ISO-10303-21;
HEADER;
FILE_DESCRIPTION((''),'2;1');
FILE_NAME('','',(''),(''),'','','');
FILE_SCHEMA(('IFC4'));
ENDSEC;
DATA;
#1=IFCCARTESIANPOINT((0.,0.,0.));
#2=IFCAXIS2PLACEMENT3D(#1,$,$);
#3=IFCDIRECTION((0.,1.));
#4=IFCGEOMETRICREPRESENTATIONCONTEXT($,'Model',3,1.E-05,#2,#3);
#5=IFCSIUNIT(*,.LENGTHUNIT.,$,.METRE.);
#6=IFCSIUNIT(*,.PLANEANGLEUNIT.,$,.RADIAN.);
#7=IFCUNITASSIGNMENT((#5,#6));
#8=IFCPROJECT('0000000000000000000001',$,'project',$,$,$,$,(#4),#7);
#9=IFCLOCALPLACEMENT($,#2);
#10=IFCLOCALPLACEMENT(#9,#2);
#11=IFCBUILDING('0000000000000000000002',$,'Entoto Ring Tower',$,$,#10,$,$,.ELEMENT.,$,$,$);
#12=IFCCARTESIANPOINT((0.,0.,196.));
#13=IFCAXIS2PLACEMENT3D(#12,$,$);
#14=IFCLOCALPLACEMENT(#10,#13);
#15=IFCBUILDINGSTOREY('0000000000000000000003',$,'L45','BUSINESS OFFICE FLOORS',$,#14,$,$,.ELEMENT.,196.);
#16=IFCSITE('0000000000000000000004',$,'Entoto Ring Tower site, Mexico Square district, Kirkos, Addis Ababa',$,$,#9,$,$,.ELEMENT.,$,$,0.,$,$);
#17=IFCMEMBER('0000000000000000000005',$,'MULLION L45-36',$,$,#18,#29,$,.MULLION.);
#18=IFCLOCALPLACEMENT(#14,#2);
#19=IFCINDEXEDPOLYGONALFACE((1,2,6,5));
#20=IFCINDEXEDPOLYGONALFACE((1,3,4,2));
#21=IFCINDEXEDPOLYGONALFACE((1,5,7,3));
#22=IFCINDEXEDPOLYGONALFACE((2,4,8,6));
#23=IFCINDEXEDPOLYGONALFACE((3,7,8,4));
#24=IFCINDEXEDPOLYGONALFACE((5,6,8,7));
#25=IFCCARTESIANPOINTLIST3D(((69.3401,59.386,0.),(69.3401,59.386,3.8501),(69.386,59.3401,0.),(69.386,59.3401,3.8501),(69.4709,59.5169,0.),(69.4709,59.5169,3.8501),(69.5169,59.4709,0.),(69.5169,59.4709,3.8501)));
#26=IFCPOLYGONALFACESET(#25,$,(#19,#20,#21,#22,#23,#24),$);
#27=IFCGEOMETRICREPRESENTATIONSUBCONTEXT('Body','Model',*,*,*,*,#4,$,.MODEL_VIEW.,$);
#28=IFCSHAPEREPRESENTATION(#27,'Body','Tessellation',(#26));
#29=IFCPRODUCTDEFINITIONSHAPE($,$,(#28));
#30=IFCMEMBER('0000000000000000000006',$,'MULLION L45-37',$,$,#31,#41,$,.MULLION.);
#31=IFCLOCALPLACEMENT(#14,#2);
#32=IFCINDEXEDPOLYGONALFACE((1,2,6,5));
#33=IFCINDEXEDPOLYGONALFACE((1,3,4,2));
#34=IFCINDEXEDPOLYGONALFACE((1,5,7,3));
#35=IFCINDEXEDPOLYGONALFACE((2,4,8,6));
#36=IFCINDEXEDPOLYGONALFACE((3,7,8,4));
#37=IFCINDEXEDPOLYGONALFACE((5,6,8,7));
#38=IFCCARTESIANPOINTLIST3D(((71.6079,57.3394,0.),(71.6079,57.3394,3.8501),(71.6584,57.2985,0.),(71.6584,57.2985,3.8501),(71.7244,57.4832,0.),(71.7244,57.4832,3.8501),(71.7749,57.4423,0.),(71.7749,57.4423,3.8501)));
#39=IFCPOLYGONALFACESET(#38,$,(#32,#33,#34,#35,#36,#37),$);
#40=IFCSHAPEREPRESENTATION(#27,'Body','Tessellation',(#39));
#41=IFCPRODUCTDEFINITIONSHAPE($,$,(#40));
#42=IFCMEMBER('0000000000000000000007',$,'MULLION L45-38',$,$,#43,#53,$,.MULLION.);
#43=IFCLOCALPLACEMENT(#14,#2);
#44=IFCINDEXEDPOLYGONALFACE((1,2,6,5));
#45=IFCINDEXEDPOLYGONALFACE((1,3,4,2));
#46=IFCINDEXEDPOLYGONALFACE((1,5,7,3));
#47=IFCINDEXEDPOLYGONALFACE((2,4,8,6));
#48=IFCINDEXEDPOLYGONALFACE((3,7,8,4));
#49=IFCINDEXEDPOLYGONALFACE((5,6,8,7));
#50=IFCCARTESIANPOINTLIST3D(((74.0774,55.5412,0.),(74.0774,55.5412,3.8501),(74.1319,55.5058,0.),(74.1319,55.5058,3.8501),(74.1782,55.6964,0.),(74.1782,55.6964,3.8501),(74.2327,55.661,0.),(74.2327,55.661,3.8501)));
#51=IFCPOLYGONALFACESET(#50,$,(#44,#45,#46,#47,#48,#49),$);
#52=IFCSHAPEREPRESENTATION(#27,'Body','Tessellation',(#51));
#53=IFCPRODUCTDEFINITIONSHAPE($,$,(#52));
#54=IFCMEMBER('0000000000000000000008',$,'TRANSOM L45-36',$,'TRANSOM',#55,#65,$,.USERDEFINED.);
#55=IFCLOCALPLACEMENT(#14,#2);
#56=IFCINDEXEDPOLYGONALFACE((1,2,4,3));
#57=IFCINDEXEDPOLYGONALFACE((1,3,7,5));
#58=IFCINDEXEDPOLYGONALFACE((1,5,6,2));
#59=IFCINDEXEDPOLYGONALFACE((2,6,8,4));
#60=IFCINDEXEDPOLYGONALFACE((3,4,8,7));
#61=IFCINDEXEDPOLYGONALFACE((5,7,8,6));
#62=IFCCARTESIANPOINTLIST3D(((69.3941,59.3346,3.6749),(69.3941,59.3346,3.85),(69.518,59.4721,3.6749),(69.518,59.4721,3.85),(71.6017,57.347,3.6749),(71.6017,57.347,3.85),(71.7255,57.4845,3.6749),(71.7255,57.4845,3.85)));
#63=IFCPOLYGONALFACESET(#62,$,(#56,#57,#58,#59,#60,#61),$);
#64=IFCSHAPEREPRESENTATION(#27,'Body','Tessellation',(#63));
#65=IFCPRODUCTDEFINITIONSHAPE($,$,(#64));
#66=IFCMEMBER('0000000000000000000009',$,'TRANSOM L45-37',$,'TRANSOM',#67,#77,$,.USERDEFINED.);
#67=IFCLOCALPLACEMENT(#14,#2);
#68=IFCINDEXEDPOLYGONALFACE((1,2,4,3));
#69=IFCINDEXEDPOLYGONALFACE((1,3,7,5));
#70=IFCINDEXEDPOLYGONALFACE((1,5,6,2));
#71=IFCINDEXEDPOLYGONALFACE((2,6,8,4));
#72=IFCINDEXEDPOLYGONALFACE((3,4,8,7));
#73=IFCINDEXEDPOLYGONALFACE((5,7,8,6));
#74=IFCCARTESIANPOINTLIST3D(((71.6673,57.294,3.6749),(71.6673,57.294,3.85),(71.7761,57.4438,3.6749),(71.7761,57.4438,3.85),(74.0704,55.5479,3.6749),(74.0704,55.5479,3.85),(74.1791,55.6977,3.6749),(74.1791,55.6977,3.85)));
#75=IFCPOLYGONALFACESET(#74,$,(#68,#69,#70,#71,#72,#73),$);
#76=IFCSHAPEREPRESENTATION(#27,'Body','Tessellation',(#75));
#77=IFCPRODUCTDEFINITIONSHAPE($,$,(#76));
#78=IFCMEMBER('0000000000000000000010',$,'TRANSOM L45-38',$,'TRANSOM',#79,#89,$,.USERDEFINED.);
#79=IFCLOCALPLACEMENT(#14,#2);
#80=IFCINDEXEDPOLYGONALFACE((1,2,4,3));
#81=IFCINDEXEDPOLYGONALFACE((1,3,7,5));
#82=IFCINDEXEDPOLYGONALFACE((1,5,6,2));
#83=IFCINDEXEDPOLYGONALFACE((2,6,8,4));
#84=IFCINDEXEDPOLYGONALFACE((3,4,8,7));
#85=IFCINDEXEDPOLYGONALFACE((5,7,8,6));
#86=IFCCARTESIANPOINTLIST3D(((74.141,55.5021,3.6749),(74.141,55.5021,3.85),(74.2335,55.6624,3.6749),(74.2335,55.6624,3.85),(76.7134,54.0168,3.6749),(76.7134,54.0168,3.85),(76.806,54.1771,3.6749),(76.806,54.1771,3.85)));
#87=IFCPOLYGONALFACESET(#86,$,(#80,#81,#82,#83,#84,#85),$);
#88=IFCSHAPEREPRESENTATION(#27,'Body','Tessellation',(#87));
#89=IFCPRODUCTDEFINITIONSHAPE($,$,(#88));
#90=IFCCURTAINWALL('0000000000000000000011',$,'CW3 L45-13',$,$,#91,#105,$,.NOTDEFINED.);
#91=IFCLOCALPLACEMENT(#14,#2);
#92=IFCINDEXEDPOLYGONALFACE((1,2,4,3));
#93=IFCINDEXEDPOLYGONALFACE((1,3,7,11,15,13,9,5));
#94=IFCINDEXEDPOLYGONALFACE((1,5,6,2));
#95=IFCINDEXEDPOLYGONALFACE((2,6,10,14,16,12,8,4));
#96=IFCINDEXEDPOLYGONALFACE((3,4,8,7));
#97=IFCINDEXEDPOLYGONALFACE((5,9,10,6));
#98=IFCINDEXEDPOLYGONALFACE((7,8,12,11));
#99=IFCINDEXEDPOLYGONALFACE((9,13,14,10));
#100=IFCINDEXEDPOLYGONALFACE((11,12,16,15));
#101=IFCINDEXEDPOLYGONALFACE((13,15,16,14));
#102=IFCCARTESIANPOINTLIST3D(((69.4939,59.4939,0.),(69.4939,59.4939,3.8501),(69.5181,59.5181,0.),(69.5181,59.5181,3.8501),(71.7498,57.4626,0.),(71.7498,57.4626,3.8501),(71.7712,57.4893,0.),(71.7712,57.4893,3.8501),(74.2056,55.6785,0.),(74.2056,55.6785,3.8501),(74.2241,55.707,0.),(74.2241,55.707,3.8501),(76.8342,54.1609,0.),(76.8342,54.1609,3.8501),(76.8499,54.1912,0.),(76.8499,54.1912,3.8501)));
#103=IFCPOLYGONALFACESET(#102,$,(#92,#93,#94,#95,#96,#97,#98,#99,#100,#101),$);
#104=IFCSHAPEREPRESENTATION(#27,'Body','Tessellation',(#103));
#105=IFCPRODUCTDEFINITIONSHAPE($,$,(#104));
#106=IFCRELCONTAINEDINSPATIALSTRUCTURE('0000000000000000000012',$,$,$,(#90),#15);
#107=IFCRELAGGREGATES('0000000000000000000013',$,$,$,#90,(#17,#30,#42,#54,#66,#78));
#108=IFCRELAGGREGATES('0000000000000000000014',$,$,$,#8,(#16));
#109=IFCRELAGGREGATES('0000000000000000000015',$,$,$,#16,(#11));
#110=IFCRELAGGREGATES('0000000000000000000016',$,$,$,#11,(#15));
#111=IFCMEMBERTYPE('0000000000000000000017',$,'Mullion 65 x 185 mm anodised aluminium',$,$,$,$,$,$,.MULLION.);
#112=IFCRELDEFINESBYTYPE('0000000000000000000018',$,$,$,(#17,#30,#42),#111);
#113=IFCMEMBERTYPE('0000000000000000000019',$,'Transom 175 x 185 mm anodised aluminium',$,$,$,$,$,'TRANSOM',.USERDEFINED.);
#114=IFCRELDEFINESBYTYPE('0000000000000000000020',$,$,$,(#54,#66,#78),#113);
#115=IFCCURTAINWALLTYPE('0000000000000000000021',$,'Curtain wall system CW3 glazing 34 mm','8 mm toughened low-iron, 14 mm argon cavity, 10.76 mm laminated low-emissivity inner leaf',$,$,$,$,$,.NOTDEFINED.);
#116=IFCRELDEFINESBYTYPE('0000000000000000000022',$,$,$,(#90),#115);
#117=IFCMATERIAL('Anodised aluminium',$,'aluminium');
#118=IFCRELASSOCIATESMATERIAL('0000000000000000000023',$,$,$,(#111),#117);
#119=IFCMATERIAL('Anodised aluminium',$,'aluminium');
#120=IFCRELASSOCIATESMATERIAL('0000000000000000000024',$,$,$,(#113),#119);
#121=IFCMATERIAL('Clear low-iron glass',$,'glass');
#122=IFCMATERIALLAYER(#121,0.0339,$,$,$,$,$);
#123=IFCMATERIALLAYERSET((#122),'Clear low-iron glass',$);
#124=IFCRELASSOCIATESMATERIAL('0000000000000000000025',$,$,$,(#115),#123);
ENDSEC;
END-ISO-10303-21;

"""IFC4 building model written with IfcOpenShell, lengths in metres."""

from ifc_helpers import new_model, si_unit, direction, frame, origin, origin_2d, place, context, subcontext, project, spatial, polyline, rectangle, outline, extrude, material, layer, layer_set, material_profile, profile_set, type_object, element, aggregate, save


model = new_model("IFC4")

# Units and contexts
model_context = context("Model", 3, precision=1e-05, world=origin(), true_north=direction((0.0, 1.0)))
body_context = subcontext(model_context, "Body", "Model", "MODEL_VIEW")
ifc_project = project(units=[si_unit("LENGTHUNIT", "METRE"), si_unit("PLANEANGLEUNIT", "RADIAN")], contexts=[model_context])

# Members
ifc_material_1 = material(Name="Anodised aluminium", Category="aluminium")
ifc_material_profile_1 = material_profile(ifc_material_1, rectangle(XDim=0.0649, YDim=0.1851, at=origin_2d()), Name="Mullion 65 x 185 mm anodised aluminium")
ifc_profile_set_1 = profile_set([ifc_material_profile_1], Name="Anodised aluminium")
member_type_1 = type_object("IfcMemberType", Name="Mullion 65 x 185 mm anodised aluminium", PredefinedType="MULLION", material=ifc_profile_set_1)
site_placement = place(None, origin())
building_placement = place(site_placement, origin())
storey_placement = place(building_placement, frame((0.0, 0.0, 196.0)))
member_1_placement = place(storey_placement, frame((69.4285, 59.4285, 0.0), z_axis=(0.0, 0.0, 1.0), x_axis=(0.707107, -0.707107, 0.0)))
member_1 = element("IfcMember", 1, at=member_1_placement, type_object=member_type_1, Name="MULLION L45-36", PredefinedType="MULLION", context=body_context, shape_type="SweptSolid", body=[
    extrude(rectangle(XDim=0.0649, YDim=0.1851, at=origin_2d()), origin(), (0.0, 0.0, 1.0), 3.8501),
])
member_2_placement = place(storey_placement, frame((71.6914, 57.3909, 0.0), z_axis=(0.0, 0.0, 1.0), x_axis=(0.777146, -0.62932, 0.0)))
member_2 = element("IfcMember", 2, at=member_2_placement, type_object=member_type_1, Name="MULLION L45-37", PredefinedType="MULLION", context=body_context, shape_type="SweptSolid", body=[
    extrude(rectangle(XDim=0.0649, YDim=0.1851, at=origin_2d()), origin(), (0.0, 0.0, 1.0), 3.8501),
])
member_3_placement = place(storey_placement, frame((74.155, 55.6011, 0.0), z_axis=(0.0, 0.0, 1.0), x_axis=(0.838671, -0.544639, 0.0)))
member_3 = element("IfcMember", 3, at=member_3_placement, type_object=member_type_1, Name="MULLION L45-38", PredefinedType="MULLION", context=body_context, shape_type="SweptSolid", body=[
    extrude(rectangle(XDim=0.0649, YDim=0.1851, at=origin_2d()), origin(), (0.0, 0.0, 1.0), 3.8501),
])
ifc_material_2 = material(Name="Anodised aluminium", Category="aluminium")
ifc_material_profile_2 = material_profile(ifc_material_2, rectangle(XDim=0.1851, YDim=0.175, at=origin_2d()), Name="Transom 175 x 185 mm anodised aluminium")
ifc_profile_set_2 = profile_set([ifc_material_profile_2], Name="Anodised aluminium")
member_type_2 = type_object("IfcMemberType", Name="Transom 175 x 185 mm anodised aluminium", ElementType="TRANSOM", PredefinedType="USERDEFINED", material=ifc_profile_set_2)
member_4_placement = place(storey_placement, frame((69.4561, 59.4033, 3.7625), z_axis=(0.743163, -0.66911, 0.0), x_axis=(0.66911, 0.743163, 0.0)))
member_4 = element("IfcMember", 4, at=member_4_placement, type_object=member_type_2, Name="TRANSOM L45-36", ObjectType="TRANSOM", PredefinedType="USERDEFINED", context=body_context, shape_type="SweptSolid", body=[
    extrude(rectangle(XDim=0.1851, YDim=0.175, at=origin_2d()), origin(), (0.0, 0.0, 1.0), 2.9705),
])
member_5_placement = place(storey_placement, frame((71.7217, 57.3689, 3.7625), z_axis=(0.808992, -0.58782, 0.0), x_axis=(0.58782, 0.808992, 0.0)))
member_5 = element("IfcMember", 5, at=member_5_placement, type_object=member_type_2, Name="TRANSOM L45-37", ObjectType="TRANSOM", PredefinedType="USERDEFINED", context=body_context, shape_type="SweptSolid", body=[
    extrude(rectangle(XDim=0.1851, YDim=0.175, at=origin_2d()), origin(), (0.0, 0.0, 1.0), 2.9705),
])
member_6_placement = place(storey_placement, frame((74.1873, 55.5823, 3.7625), z_axis=(0.866009, -0.500028, 0.0), x_axis=(0.500028, 0.866009, 0.0)))
member_6 = element("IfcMember", 6, at=member_6_placement, type_object=member_type_2, Name="TRANSOM L45-38", ObjectType="TRANSOM", PredefinedType="USERDEFINED", context=body_context, shape_type="SweptSolid", body=[
    extrude(rectangle(XDim=0.1851, YDim=0.175, at=origin_2d()), origin(), (0.0, 0.0, 1.0), 2.9705),
])

# Site, building, storey
site = spatial("IfcSite", under=ifc_project, at=site_placement, Name="Entoto Ring Tower site, Mexico Square district, Kirkos, Addis Ababa", CompositionType="ELEMENT", RefElevation=0.0)
building = spatial("IfcBuilding", under=site, at=building_placement, Name="Entoto Ring Tower", CompositionType="ELEMENT")
storey = spatial("IfcBuildingStorey", under=building, at=storey_placement, Name="L45", Description="BUSINESS OFFICE FLOORS", CompositionType="ELEMENT", Elevation=196.0)

# Curtain wall
ifc_material_3 = material(Name="Clear low-iron glass", Category="glass")
ifc_layer = layer(ifc_material_3, 0.0339)
ifc_layer_set = layer_set([ifc_layer], Name="Clear low-iron glass")
curtain_wall_type = type_object("IfcCurtainWallType", Name="Curtain wall system CW3 glazing 34 mm", Description="8 mm toughened low-iron, 14 mm argon cavity, 10.76 mm laminated low-emissivity inner leaf", PredefinedType="NOTDEFINED", material=ifc_layer_set)
curtain_wall_1_placement = place(storey_placement, origin())
curtain_wall_1 = element("IfcCurtainWall", 7, at=curtain_wall_1_placement, inside=storey, type_object=curtain_wall_type, Name="CW3 L45-13", PredefinedType="NOTDEFINED", context=body_context, shape_type="SweptSolid", body=[
    extrude(outline(polyline([(69.4939, 59.4939), (71.7498, 57.4626), (74.2056, 55.6785), (76.8342, 54.1609), (76.8499, 54.1912), (74.2241, 55.707), (71.7712, 57.4893), (69.5181, 59.5181), (69.4939, 59.4939)])), origin(), (0.0, 0.0, 1.0), 3.8501),
])
aggregate(curtain_wall_1, [member_1, member_2, member_3, member_4, member_5, member_6])

save(model, "model.ifc")
